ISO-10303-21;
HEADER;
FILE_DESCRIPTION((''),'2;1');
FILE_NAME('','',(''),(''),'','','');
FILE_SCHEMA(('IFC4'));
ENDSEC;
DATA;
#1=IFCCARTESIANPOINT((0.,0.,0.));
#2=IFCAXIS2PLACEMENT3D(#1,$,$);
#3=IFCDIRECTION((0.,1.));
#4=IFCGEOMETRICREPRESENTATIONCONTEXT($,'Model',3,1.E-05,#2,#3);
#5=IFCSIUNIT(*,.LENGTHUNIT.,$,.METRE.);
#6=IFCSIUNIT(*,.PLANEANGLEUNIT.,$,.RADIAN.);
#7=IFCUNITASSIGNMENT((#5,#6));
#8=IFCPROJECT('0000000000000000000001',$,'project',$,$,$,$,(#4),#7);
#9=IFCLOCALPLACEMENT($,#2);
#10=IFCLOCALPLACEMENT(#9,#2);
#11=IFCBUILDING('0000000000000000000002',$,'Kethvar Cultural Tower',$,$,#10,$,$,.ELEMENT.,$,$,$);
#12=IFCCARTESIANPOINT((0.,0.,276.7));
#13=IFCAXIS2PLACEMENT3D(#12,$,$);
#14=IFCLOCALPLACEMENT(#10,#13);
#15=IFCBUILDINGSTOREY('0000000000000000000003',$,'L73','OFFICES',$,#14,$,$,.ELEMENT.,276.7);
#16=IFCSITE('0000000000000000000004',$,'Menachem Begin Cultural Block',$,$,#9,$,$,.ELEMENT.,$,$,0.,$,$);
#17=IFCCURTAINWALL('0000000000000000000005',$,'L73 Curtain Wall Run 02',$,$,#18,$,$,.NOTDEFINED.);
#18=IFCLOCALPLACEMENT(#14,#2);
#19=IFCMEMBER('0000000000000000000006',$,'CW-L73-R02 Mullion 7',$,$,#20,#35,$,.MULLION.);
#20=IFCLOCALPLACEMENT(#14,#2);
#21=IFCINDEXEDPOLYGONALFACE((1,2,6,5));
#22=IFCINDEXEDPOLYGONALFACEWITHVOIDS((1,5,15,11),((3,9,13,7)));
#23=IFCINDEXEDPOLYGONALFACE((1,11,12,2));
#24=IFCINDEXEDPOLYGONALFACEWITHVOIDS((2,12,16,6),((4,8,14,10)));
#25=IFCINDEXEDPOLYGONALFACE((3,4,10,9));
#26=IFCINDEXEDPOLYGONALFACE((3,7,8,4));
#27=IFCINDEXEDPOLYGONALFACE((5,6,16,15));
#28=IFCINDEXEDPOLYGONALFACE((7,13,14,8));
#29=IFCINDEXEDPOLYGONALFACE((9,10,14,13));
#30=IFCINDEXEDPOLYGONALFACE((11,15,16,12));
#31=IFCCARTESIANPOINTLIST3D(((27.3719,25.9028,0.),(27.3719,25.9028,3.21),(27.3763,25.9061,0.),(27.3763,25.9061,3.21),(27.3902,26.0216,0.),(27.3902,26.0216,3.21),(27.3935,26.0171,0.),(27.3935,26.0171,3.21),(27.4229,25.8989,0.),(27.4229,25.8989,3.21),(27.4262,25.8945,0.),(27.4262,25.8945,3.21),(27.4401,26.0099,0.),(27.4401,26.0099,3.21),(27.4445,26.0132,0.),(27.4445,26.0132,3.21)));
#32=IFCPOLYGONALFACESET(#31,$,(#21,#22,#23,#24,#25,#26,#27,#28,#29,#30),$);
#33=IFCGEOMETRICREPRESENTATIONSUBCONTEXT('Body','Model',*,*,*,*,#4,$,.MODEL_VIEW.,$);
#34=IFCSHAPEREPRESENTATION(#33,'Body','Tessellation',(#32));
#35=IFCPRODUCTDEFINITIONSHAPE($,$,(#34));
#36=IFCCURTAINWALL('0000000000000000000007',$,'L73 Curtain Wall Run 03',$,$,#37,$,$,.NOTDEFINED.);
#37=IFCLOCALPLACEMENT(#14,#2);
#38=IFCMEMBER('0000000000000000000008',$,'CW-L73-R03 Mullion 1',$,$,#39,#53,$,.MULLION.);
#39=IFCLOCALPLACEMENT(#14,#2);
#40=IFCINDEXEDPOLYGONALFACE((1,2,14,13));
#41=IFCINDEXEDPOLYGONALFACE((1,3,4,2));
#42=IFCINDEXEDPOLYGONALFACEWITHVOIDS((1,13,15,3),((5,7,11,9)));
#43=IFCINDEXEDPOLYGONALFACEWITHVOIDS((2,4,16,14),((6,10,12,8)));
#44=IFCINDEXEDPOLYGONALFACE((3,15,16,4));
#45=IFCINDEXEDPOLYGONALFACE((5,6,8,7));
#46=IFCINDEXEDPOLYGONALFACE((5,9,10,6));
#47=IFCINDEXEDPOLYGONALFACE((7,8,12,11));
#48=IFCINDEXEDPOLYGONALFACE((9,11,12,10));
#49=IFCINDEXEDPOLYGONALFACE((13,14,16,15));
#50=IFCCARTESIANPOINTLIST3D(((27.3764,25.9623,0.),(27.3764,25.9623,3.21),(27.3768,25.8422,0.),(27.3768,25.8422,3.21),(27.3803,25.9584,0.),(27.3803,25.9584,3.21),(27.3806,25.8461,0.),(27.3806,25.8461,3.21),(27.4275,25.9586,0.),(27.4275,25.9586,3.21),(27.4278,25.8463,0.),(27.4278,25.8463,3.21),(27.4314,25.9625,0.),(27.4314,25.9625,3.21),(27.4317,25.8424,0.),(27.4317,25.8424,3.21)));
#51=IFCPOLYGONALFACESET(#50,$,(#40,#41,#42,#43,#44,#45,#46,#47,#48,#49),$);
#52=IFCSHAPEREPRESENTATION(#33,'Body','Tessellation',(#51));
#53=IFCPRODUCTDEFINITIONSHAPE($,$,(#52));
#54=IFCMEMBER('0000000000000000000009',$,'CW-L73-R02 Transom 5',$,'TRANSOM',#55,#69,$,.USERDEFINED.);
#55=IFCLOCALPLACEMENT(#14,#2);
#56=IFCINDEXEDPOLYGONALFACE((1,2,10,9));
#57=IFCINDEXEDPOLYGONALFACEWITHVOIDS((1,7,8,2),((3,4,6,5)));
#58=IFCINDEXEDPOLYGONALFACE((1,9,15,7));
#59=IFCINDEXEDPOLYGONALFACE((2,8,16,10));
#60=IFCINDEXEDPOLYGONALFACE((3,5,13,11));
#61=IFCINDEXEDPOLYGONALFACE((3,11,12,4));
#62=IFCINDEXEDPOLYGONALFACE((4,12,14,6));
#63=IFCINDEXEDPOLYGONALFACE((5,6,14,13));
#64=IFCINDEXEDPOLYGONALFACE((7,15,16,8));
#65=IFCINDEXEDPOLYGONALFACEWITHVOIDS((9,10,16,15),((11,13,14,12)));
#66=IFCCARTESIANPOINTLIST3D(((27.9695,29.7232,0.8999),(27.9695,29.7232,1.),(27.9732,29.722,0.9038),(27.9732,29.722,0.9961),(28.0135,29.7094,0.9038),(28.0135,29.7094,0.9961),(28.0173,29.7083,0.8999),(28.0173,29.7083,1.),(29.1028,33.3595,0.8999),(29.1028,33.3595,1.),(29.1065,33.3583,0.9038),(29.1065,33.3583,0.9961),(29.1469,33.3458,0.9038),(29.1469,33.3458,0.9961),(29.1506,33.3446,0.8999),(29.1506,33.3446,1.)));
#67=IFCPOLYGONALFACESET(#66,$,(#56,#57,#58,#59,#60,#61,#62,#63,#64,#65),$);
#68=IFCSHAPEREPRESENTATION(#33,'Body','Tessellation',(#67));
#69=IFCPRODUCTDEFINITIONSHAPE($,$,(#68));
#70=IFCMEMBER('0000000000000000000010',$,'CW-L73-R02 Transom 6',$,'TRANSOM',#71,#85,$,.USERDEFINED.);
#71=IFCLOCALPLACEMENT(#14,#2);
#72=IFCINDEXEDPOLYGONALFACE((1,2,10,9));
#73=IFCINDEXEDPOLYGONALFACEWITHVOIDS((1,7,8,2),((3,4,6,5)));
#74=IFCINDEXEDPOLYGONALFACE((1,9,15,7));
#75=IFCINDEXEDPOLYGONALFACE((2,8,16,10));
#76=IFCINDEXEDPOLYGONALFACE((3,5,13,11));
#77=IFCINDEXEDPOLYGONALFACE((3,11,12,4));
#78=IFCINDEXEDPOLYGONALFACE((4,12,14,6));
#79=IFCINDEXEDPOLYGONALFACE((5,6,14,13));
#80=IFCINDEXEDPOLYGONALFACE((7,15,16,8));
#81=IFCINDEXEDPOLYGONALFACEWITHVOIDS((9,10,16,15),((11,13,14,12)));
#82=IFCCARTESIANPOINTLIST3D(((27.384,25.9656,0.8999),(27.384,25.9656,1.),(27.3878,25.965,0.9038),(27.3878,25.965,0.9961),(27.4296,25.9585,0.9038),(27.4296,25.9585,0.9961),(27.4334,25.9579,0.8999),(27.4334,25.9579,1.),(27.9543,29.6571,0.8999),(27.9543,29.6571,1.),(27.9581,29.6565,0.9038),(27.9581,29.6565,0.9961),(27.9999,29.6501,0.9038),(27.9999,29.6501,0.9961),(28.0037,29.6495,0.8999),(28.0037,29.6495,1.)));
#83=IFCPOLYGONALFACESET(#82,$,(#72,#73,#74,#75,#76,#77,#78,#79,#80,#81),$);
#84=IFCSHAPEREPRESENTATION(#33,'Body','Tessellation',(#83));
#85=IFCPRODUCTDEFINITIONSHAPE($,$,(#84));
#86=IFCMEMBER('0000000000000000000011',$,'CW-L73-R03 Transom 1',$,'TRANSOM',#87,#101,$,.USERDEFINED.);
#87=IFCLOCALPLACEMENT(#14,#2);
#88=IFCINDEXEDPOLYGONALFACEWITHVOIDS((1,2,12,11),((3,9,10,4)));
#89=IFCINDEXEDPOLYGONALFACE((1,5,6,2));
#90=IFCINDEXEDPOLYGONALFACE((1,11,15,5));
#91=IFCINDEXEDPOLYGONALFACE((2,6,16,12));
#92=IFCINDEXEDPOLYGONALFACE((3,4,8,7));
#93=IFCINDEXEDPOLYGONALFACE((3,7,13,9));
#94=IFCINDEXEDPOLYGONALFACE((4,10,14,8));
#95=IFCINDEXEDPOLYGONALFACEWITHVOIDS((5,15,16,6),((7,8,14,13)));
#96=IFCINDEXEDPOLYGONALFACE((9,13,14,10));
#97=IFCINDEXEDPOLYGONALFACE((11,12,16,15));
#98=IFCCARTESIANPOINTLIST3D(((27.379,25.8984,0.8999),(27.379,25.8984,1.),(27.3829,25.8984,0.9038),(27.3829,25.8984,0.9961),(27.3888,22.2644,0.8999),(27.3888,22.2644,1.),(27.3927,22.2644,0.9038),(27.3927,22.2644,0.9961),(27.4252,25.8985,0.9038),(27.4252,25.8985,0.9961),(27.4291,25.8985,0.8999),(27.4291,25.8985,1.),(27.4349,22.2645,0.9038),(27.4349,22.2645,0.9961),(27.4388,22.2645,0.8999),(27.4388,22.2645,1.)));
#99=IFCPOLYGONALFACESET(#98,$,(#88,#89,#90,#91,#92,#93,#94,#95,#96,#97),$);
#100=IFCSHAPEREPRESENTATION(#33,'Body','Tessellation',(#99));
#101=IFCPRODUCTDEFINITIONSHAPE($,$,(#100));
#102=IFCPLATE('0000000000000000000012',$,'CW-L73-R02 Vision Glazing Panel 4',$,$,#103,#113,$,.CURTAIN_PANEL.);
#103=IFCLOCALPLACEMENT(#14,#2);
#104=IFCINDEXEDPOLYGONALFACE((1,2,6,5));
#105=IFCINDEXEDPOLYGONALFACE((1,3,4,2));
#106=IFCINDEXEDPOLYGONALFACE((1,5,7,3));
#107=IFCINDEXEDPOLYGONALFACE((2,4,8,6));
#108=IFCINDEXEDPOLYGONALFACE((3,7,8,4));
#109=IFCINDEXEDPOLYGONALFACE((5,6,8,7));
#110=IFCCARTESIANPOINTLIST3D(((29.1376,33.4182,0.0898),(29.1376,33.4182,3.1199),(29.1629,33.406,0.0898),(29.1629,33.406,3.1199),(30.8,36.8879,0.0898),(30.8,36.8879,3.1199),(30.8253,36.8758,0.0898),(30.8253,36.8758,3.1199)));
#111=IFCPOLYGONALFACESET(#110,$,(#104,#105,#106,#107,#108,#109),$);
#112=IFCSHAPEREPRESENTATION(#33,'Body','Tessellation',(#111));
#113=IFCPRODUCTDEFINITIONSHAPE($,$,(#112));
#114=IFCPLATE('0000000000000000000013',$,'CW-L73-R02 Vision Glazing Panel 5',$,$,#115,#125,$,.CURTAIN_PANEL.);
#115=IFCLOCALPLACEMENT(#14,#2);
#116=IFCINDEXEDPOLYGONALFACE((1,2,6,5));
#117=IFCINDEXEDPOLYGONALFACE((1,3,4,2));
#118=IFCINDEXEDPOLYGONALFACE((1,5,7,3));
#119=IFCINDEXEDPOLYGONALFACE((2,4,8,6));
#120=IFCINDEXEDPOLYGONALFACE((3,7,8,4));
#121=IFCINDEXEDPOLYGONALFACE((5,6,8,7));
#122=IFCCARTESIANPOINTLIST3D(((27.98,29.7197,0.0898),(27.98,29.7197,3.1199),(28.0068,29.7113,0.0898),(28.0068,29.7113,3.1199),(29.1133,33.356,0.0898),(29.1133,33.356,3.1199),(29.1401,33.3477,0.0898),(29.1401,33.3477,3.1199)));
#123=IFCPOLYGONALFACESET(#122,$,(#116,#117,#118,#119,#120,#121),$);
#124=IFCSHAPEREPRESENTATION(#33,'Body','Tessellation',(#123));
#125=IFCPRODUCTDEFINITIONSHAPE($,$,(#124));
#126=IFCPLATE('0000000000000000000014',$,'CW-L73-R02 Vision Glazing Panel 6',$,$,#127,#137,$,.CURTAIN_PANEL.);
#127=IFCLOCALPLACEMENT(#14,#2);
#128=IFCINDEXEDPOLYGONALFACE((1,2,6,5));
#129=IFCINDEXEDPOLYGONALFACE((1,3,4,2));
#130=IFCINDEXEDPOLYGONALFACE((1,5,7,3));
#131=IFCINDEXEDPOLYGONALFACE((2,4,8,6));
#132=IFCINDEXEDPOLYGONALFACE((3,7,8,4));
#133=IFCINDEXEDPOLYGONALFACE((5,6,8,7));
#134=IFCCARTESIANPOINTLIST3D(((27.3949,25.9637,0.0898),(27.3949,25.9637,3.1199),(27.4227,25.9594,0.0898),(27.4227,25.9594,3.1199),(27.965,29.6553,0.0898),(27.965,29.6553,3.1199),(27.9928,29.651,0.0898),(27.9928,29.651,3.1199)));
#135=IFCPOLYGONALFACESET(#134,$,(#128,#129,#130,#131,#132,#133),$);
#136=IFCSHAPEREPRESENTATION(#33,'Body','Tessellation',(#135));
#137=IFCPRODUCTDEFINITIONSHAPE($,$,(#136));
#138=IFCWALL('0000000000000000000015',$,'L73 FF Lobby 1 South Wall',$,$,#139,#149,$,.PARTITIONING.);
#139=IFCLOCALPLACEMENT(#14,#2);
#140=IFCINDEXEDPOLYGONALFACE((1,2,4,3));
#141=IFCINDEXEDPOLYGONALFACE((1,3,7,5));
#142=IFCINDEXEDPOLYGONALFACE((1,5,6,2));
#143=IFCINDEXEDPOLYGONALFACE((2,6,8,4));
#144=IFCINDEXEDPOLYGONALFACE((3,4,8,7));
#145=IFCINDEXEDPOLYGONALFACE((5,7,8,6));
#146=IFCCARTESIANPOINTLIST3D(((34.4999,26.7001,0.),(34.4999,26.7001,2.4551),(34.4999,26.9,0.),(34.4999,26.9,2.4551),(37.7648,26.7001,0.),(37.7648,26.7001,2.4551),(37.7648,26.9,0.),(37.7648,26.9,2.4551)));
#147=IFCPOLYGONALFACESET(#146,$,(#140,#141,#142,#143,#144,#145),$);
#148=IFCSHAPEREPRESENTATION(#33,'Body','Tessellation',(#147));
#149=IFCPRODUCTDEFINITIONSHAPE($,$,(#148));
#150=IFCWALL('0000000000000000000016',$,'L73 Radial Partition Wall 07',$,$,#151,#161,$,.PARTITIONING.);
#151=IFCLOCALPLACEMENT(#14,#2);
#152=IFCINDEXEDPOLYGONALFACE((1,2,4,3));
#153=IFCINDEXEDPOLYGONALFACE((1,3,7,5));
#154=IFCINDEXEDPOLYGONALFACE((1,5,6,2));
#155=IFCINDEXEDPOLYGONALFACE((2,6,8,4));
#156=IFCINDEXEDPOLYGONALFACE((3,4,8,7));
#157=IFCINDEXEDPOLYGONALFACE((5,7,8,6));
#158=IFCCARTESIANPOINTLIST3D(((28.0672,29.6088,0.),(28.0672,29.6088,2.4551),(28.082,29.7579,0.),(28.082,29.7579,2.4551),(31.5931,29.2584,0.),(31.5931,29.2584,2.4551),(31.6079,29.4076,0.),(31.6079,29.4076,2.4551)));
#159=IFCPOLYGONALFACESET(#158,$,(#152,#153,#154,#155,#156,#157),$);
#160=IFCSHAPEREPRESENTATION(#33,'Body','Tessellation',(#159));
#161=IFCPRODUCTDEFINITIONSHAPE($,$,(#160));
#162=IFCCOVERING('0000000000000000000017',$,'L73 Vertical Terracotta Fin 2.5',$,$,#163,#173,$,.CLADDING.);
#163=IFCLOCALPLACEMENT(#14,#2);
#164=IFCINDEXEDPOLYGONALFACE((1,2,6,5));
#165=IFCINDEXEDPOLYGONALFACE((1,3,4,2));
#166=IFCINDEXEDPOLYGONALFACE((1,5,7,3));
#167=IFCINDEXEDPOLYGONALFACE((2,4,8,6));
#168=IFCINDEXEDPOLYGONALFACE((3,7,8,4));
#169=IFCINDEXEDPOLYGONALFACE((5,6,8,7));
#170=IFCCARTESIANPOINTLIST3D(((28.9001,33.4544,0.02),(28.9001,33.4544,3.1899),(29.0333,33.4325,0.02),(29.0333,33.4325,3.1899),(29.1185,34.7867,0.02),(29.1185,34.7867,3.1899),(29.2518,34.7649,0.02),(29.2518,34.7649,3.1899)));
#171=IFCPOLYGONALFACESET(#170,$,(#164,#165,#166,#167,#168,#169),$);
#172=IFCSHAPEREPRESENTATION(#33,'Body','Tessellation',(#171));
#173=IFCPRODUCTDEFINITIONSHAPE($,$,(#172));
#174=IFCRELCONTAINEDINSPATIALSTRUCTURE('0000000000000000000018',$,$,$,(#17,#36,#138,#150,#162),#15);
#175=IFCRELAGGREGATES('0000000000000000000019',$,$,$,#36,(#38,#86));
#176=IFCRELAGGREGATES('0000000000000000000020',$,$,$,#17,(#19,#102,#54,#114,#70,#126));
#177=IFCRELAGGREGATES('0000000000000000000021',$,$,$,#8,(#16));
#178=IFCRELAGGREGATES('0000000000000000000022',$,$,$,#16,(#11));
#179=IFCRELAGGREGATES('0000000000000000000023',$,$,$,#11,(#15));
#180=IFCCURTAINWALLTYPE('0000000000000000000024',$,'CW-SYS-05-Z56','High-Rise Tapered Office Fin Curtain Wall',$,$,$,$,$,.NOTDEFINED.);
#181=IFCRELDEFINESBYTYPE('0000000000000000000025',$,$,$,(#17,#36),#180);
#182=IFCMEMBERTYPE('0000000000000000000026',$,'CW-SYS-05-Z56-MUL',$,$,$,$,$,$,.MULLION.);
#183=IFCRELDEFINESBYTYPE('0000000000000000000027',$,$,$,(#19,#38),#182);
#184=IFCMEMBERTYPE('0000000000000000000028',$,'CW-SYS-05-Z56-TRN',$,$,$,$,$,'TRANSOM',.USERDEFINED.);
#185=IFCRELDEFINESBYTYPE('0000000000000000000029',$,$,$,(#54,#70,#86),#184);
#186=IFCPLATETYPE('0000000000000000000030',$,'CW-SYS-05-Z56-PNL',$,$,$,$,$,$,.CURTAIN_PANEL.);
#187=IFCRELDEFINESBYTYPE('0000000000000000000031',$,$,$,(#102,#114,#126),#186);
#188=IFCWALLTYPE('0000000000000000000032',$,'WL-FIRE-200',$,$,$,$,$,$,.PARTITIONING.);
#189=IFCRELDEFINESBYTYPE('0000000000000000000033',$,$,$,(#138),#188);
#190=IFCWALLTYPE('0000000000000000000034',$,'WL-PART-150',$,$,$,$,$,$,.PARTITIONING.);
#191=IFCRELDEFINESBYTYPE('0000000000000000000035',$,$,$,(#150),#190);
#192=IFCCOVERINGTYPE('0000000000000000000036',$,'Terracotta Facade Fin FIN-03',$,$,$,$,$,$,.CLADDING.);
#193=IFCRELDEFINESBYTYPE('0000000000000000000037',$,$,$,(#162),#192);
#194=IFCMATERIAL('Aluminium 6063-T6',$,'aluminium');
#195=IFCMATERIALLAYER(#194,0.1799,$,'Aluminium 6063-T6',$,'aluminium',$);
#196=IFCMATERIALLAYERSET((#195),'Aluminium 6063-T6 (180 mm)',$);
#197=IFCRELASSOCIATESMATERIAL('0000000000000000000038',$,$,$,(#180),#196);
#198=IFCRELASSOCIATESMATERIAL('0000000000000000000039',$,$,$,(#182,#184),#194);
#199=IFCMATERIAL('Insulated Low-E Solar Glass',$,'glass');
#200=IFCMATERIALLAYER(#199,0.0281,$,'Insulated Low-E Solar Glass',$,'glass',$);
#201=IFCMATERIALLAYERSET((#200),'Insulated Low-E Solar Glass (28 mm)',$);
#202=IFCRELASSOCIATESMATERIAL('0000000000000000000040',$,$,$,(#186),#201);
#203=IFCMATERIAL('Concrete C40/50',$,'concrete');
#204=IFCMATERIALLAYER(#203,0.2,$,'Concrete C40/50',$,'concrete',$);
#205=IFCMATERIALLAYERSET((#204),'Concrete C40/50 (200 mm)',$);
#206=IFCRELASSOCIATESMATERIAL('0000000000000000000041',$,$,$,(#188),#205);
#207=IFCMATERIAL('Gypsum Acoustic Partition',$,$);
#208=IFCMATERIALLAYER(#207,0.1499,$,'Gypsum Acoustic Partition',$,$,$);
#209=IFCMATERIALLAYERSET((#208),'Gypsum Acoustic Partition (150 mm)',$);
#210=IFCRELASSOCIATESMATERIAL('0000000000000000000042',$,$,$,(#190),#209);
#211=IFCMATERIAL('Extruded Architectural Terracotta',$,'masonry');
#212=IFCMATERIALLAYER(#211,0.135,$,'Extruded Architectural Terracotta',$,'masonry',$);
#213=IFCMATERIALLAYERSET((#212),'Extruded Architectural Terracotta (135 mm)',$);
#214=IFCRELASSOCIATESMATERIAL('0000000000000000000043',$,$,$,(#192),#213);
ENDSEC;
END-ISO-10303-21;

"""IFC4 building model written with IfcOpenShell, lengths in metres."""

from ifc_helpers import new_model, si_unit, direction, frame, frame_2d, origin, origin_2d, place, context, subcontext, project, spatial, rectangle, hollow_rectangle, extrude, source, transform, mapped, material, layer, layer_set, material_profile, profile_set, type_object, element, aggregate, save


model = new_model("IFC4")

# Units and contexts
model_context = context("Model", 3, precision=1e-05, world=origin(), true_north=direction((0.0, 1.0)))
body_context = subcontext(model_context, "Body", "Model", "MODEL_VIEW")
ifc_project = project(units=[si_unit("LENGTHUNIT", "METRE"), si_unit("PLANEANGLEUNIT", "RADIAN")], contexts=[model_context])

# Site, building, storey
site_placement = place(None, origin())
site = spatial("IfcSite", under=ifc_project, at=site_placement, Name="Menachem Begin Cultural Block", CompositionType="ELEMENT", RefElevation=0.0)
building_placement = place(site_placement, origin())
building = spatial("IfcBuilding", under=site, at=building_placement, Name="Kethvar Cultural Tower", CompositionType="ELEMENT")
storey_placement = place(building_placement, frame((0.0, 0.0, 276.7)))
storey = spatial("IfcBuildingStorey", under=building, at=storey_placement, Name="L73", Description="OFFICES", CompositionType="ELEMENT", Elevation=276.7)

# Curtain wall, member
ifc_material_1 = material(Name="Aluminium 6063-T6", Category="aluminium")
ifc_layer_1 = layer(ifc_material_1, 0.1799, Name="Aluminium 6063-T6", Category="aluminium")
ifc_layer_set_1 = layer_set([ifc_layer_1], Name="Aluminium 6063-T6 (180 mm)")
curtain_wall_type = type_object("IfcCurtainWallType", Name="CW-SYS-05-Z56", Description="High-Rise Tapered Office Fin Curtain Wall", PredefinedType="NOTDEFINED", material=ifc_layer_set_1)
curtain_wall_1_placement = place(storey_placement, origin())
curtain_wall_1 = element("IfcCurtainWall", 1, at=curtain_wall_1_placement, inside=storey, type_object=curtain_wall_type, Name="L73 Curtain Wall Run 02", PredefinedType="NOTDEFINED")
ifc_material_profile_1 = material_profile(ifc_material_1, hollow_rectangle(XDim=0.0549, YDim=0.1201, WallThickness=0.0039, at=origin_2d()), Name="Aluminium 6063-T6 — RHS120x55x4")
ifc_profile_set_1 = profile_set([ifc_material_profile_1], Name="Aluminium 6063-T6 — RHS120x55x4")
member_type_1 = type_object("IfcMemberType", Name="CW-SYS-05-Z56-MUL", PredefinedType="MULLION", material=ifc_profile_set_1)
shared_shape_1 = source(origin(), body_context, "Body", "SweptSolid", [
    extrude(hollow_rectangle(XDim=0.0549, YDim=0.1201, WallThickness=0.0039, at=origin_2d()), origin(), (0.0, 0.0, 1.0), 3.21),
])
member_1_placement = place(storey_placement, frame((27.4082, 25.958, 0.0), z_axis=(0.0, 0.0, 1.0), x_axis=(0.988284, -0.152624, 0.0)))
member_1 = element("IfcMember", 2, at=member_1_placement, type_object=member_type_1, Name="CW-L73-R02 Mullion 7", PredefinedType="MULLION", context=body_context, shape_type="MappedRepresentation", body=[
    mapped(shared_shape_1, transform((0.0, 0.0, 0.0), scale=1.0)),
])

# Curtain wall, member
curtain_wall_2_placement = place(storey_placement, origin())
curtain_wall_2 = element("IfcCurtainWall", 3, at=curtain_wall_2_placement, inside=storey, type_object=curtain_wall_type, Name="L73 Curtain Wall Run 03", PredefinedType="NOTDEFINED")
member_2_placement = place(storey_placement, frame((27.4041, 25.9023, 0.0), z_axis=(0.0, 0.0, 1.0), x_axis=(0.999996, 0.002723, 0.0)))
member_2 = element("IfcMember", 4, at=member_2_placement, type_object=member_type_1, Name="CW-L73-R03 Mullion 1", PredefinedType="MULLION", context=body_context, shape_type="MappedRepresentation", body=[
    mapped(shared_shape_1, transform((0.0, 0.0, 0.0), scale=1.0)),
])

# Members
ifc_material_profile_2 = material_profile(ifc_material_1, hollow_rectangle(XDim=0.05, YDim=0.1001, WallThickness=0.0039, at=origin_2d()), Name="Aluminium 6063-T6 — RHS100x50x4")
ifc_profile_set_2 = profile_set([ifc_material_profile_2], Name="Aluminium 6063-T6 — RHS100x50x4")
member_type_2 = type_object("IfcMemberType", Name="CW-SYS-05-Z56-TRN", ElementType="TRANSOM", PredefinedType="USERDEFINED", material=ifc_profile_set_2)
shared_shape_2 = source(origin(), body_context, "Body", "SweptSolid", [
    extrude(hollow_rectangle(XDim=0.05, YDim=0.1001, WallThickness=0.0039, at=origin_2d()), origin(), (0.0, 0.0, 1.0), 3.8088),
])
member_3_placement = place(storey_placement, frame((29.1267, 33.3521, 0.95), z_axis=(-0.297552, -0.954706, 0.0), x_axis=(0.954706, -0.297552, 0.0)))
member_3 = element("IfcMember", 5, at=member_3_placement, type_object=member_type_2, Name="CW-L73-R02 Transom 5", ObjectType="TRANSOM", PredefinedType="USERDEFINED", context=body_context, shape_type="MappedRepresentation", body=[
    mapped(shared_shape_2, transform((0.0, 0.0, 0.0), scale=1.0)),
])
shared_shape_3 = source(origin(), body_context, "Body", "SweptSolid", [
    extrude(hollow_rectangle(XDim=0.05, YDim=0.1001, WallThickness=0.0039, at=origin_2d()), origin(), (0.0, 0.0, 1.0), 3.7354),
])
member_4_placement = place(storey_placement, frame((27.979, 29.6533, 0.95), z_axis=(-0.152676, -0.988276, 0.0), x_axis=(0.988276, -0.152676, 0.0)))
member_4 = element("IfcMember", 6, at=member_4_placement, type_object=member_type_2, Name="CW-L73-R02 Transom 6", ObjectType="TRANSOM", PredefinedType="USERDEFINED", context=body_context, shape_type="MappedRepresentation", body=[
    mapped(shared_shape_3, transform((0.0, 0.0, 0.0), scale=1.0)),
])
shared_shape_4 = source(origin(), body_context, "Body", "SweptSolid", [
    extrude(hollow_rectangle(XDim=0.05, YDim=0.1001, WallThickness=0.0039, at=origin_2d()), origin(), (0.0, 0.0, 1.0), 3.634),
])
member_5_placement = place(storey_placement, frame((27.4041, 25.8984, 0.95), z_axis=(0.002687, -0.999996, 0.0), x_axis=(0.999996, 0.002687, 0.0)))
member_5 = element("IfcMember", 7, at=member_5_placement, type_object=member_type_2, Name="CW-L73-R03 Transom 1", ObjectType="TRANSOM", PredefinedType="USERDEFINED", context=body_context, shape_type="MappedRepresentation", body=[
    mapped(shared_shape_4, transform((0.0, 0.0, 0.0), scale=1.0)),
])
aggregate(curtain_wall_2, [member_2, member_5])

# Plates
ifc_material_2 = material(Name="Insulated Low-E Solar Glass", Category="glass")
ifc_layer_2 = layer(ifc_material_2, 0.0281, Name="Insulated Low-E Solar Glass", Category="glass")
ifc_layer_set_2 = layer_set([ifc_layer_2], Name="Insulated Low-E Solar Glass (28 mm)")
plate_type = type_object("IfcPlateType", Name="CW-SYS-05-Z56-PNL", PredefinedType="CURTAIN_PANEL", material=ifc_layer_set_2)
shared_shape_5 = source(origin(), body_context, "Body", "SweptSolid", [
    extrude(rectangle(XDim=3.8474, YDim=0.0281, at=origin_2d()), origin(), (0.0, 0.0, 1.0), 3.03),
])
plate_1_placement = place(storey_placement, frame((29.9814, 35.147, 0.0898), z_axis=(0.0, 0.0, 1.0), x_axis=(-0.43207, -0.90184, 0.0)))
plate_1 = element("IfcPlate", 8, at=plate_1_placement, type_object=plate_type, Name="CW-L73-R02 Vision Glazing Panel 4", PredefinedType="CURTAIN_PANEL", context=body_context, shape_type="MappedRepresentation", body=[
    mapped(shared_shape_5, transform((0.0, 0.0, 0.0), scale=1.0)),
])
shared_shape_6 = source(origin(), body_context, "Body", "SweptSolid", [
    extrude(rectangle(XDim=3.8088, YDim=0.0281, at=origin_2d()), origin(), (0.0, 0.0, 1.0), 3.03),
])
plate_2_placement = place(storey_placement, frame((28.5601, 31.5337, 0.0898), z_axis=(0.0, 0.0, 1.0), x_axis=(-0.297542, -0.954709, 0.0)))
plate_2 = element("IfcPlate", 9, at=plate_2_placement, type_object=plate_type, Name="CW-L73-R02 Vision Glazing Panel 5", PredefinedType="CURTAIN_PANEL", context=body_context, shape_type="MappedRepresentation", body=[
    mapped(shared_shape_6, transform((0.0, 0.0, 0.0), scale=1.0)),
])
shared_shape_7 = source(origin(), body_context, "Body", "SweptSolid", [
    extrude(rectangle(XDim=3.7354, YDim=0.0281, at=origin_2d()), origin(), (0.0, 0.0, 1.0), 3.03),
])
plate_3_placement = place(storey_placement, frame((27.6938, 27.8074, 0.0898), z_axis=(0.0, 0.0, 1.0), x_axis=(-0.152624, -0.988284, 0.0)))
plate_3 = element("IfcPlate", 10, at=plate_3_placement, type_object=plate_type, Name="CW-L73-R02 Vision Glazing Panel 6", PredefinedType="CURTAIN_PANEL", context=body_context, shape_type="MappedRepresentation", body=[
    mapped(shared_shape_7, transform((0.0, 0.0, 0.0), scale=1.0)),
])
aggregate(curtain_wall_1, [member_1, plate_1, member_3, plate_2, member_4, plate_3])

# Walls
ifc_material_3 = material(Name="Concrete C40/50", Category="concrete")
ifc_layer_3 = layer(ifc_material_3, 0.2, Name="Concrete C40/50", Category="concrete")
ifc_layer_set_3 = layer_set([ifc_layer_3], Name="Concrete C40/50 (200 mm)")
wall_type_1 = type_object("IfcWallType", Name="WL-FIRE-200", PredefinedType="PARTITIONING", material=ifc_layer_set_3)
wall_1_placement = place(storey_placement, frame((34.5, 26.8, 0.0), z_axis=(0.0, 0.0, 1.0), x_axis=(1.0, 0.0, 0.0)))
element("IfcWall", 11, at=wall_1_placement, inside=storey, type_object=wall_type_1, Name="L73 FF Lobby 1 South Wall", PredefinedType="PARTITIONING", context=body_context, shape_type="SweptSolid", body=[
    extrude(rectangle(XDim=3.2649, YDim=0.2, at=frame_2d((1.6323, 0.0))), origin(), (0.0, 0.0, 1.0), 2.4551),
])
ifc_material_4 = material(Name="Gypsum Acoustic Partition")
ifc_layer_4 = layer(ifc_material_4, 0.1499, Name="Gypsum Acoustic Partition")
ifc_layer_set_4 = layer_set([ifc_layer_4], Name="Gypsum Acoustic Partition (150 mm)")
wall_type_2 = type_object("IfcWallType", Name="WL-PART-150", PredefinedType="PARTITIONING", material=ifc_layer_set_4)
wall_2_placement = place(storey_placement, frame((31.6003, 29.333, 0.0), z_axis=(0.0, 0.0, 1.0), x_axis=(-0.9951, 0.098876, 0.0)))
element("IfcWall", 12, at=wall_2_placement, inside=storey, type_object=wall_type_2, Name="L73 Radial Partition Wall 07", PredefinedType="PARTITIONING", context=body_context, shape_type="SweptSolid", body=[
    extrude(rectangle(XDim=3.5432, YDim=0.1499, at=frame_2d((1.7715, 0.0))), origin(), (0.0, 0.0, 1.0), 2.4551),
])

# Covering
ifc_material_5 = material(Name="Extruded Architectural Terracotta", Category="masonry")
ifc_layer_5 = layer(ifc_material_5, 0.135, Name="Extruded Architectural Terracotta", Category="masonry")
ifc_layer_set_5 = layer_set([ifc_layer_5], Name="Extruded Architectural Terracotta (135 mm)")
covering_type = type_object("IfcCoveringType", Name="Terracotta Facade Fin FIN-03", PredefinedType="CLADDING", material=ifc_layer_set_5)
shared_shape_8 = source(origin(), body_context, "Body", "SweptSolid", [
    extrude(rectangle(XDim=1.3501, YDim=0.135, at=origin_2d()), origin(), (0.0, 0.0, 1.0), 3.1699),
])
for number, where, z_axis, x_axis, name in (
    (13, (29.0759, 34.1096, 0.02), (0.0, 0.0, 1.0), (0.161776, 0.986827, 0.0), "L73 Vertical Terracotta Fin 2.5"),
):
    element("IfcCovering", number, at=place(storey_placement, frame(where, z_axis=z_axis, x_axis=x_axis)), inside=storey, type_object=covering_type, Name=name, PredefinedType="CLADDING", context=body_context, shape_type="MappedRepresentation", body=[
        mapped(shared_shape_8, transform((0.0, 0.0, 0.0), scale=1.0)),
    ])

save(model, "model.ifc")
